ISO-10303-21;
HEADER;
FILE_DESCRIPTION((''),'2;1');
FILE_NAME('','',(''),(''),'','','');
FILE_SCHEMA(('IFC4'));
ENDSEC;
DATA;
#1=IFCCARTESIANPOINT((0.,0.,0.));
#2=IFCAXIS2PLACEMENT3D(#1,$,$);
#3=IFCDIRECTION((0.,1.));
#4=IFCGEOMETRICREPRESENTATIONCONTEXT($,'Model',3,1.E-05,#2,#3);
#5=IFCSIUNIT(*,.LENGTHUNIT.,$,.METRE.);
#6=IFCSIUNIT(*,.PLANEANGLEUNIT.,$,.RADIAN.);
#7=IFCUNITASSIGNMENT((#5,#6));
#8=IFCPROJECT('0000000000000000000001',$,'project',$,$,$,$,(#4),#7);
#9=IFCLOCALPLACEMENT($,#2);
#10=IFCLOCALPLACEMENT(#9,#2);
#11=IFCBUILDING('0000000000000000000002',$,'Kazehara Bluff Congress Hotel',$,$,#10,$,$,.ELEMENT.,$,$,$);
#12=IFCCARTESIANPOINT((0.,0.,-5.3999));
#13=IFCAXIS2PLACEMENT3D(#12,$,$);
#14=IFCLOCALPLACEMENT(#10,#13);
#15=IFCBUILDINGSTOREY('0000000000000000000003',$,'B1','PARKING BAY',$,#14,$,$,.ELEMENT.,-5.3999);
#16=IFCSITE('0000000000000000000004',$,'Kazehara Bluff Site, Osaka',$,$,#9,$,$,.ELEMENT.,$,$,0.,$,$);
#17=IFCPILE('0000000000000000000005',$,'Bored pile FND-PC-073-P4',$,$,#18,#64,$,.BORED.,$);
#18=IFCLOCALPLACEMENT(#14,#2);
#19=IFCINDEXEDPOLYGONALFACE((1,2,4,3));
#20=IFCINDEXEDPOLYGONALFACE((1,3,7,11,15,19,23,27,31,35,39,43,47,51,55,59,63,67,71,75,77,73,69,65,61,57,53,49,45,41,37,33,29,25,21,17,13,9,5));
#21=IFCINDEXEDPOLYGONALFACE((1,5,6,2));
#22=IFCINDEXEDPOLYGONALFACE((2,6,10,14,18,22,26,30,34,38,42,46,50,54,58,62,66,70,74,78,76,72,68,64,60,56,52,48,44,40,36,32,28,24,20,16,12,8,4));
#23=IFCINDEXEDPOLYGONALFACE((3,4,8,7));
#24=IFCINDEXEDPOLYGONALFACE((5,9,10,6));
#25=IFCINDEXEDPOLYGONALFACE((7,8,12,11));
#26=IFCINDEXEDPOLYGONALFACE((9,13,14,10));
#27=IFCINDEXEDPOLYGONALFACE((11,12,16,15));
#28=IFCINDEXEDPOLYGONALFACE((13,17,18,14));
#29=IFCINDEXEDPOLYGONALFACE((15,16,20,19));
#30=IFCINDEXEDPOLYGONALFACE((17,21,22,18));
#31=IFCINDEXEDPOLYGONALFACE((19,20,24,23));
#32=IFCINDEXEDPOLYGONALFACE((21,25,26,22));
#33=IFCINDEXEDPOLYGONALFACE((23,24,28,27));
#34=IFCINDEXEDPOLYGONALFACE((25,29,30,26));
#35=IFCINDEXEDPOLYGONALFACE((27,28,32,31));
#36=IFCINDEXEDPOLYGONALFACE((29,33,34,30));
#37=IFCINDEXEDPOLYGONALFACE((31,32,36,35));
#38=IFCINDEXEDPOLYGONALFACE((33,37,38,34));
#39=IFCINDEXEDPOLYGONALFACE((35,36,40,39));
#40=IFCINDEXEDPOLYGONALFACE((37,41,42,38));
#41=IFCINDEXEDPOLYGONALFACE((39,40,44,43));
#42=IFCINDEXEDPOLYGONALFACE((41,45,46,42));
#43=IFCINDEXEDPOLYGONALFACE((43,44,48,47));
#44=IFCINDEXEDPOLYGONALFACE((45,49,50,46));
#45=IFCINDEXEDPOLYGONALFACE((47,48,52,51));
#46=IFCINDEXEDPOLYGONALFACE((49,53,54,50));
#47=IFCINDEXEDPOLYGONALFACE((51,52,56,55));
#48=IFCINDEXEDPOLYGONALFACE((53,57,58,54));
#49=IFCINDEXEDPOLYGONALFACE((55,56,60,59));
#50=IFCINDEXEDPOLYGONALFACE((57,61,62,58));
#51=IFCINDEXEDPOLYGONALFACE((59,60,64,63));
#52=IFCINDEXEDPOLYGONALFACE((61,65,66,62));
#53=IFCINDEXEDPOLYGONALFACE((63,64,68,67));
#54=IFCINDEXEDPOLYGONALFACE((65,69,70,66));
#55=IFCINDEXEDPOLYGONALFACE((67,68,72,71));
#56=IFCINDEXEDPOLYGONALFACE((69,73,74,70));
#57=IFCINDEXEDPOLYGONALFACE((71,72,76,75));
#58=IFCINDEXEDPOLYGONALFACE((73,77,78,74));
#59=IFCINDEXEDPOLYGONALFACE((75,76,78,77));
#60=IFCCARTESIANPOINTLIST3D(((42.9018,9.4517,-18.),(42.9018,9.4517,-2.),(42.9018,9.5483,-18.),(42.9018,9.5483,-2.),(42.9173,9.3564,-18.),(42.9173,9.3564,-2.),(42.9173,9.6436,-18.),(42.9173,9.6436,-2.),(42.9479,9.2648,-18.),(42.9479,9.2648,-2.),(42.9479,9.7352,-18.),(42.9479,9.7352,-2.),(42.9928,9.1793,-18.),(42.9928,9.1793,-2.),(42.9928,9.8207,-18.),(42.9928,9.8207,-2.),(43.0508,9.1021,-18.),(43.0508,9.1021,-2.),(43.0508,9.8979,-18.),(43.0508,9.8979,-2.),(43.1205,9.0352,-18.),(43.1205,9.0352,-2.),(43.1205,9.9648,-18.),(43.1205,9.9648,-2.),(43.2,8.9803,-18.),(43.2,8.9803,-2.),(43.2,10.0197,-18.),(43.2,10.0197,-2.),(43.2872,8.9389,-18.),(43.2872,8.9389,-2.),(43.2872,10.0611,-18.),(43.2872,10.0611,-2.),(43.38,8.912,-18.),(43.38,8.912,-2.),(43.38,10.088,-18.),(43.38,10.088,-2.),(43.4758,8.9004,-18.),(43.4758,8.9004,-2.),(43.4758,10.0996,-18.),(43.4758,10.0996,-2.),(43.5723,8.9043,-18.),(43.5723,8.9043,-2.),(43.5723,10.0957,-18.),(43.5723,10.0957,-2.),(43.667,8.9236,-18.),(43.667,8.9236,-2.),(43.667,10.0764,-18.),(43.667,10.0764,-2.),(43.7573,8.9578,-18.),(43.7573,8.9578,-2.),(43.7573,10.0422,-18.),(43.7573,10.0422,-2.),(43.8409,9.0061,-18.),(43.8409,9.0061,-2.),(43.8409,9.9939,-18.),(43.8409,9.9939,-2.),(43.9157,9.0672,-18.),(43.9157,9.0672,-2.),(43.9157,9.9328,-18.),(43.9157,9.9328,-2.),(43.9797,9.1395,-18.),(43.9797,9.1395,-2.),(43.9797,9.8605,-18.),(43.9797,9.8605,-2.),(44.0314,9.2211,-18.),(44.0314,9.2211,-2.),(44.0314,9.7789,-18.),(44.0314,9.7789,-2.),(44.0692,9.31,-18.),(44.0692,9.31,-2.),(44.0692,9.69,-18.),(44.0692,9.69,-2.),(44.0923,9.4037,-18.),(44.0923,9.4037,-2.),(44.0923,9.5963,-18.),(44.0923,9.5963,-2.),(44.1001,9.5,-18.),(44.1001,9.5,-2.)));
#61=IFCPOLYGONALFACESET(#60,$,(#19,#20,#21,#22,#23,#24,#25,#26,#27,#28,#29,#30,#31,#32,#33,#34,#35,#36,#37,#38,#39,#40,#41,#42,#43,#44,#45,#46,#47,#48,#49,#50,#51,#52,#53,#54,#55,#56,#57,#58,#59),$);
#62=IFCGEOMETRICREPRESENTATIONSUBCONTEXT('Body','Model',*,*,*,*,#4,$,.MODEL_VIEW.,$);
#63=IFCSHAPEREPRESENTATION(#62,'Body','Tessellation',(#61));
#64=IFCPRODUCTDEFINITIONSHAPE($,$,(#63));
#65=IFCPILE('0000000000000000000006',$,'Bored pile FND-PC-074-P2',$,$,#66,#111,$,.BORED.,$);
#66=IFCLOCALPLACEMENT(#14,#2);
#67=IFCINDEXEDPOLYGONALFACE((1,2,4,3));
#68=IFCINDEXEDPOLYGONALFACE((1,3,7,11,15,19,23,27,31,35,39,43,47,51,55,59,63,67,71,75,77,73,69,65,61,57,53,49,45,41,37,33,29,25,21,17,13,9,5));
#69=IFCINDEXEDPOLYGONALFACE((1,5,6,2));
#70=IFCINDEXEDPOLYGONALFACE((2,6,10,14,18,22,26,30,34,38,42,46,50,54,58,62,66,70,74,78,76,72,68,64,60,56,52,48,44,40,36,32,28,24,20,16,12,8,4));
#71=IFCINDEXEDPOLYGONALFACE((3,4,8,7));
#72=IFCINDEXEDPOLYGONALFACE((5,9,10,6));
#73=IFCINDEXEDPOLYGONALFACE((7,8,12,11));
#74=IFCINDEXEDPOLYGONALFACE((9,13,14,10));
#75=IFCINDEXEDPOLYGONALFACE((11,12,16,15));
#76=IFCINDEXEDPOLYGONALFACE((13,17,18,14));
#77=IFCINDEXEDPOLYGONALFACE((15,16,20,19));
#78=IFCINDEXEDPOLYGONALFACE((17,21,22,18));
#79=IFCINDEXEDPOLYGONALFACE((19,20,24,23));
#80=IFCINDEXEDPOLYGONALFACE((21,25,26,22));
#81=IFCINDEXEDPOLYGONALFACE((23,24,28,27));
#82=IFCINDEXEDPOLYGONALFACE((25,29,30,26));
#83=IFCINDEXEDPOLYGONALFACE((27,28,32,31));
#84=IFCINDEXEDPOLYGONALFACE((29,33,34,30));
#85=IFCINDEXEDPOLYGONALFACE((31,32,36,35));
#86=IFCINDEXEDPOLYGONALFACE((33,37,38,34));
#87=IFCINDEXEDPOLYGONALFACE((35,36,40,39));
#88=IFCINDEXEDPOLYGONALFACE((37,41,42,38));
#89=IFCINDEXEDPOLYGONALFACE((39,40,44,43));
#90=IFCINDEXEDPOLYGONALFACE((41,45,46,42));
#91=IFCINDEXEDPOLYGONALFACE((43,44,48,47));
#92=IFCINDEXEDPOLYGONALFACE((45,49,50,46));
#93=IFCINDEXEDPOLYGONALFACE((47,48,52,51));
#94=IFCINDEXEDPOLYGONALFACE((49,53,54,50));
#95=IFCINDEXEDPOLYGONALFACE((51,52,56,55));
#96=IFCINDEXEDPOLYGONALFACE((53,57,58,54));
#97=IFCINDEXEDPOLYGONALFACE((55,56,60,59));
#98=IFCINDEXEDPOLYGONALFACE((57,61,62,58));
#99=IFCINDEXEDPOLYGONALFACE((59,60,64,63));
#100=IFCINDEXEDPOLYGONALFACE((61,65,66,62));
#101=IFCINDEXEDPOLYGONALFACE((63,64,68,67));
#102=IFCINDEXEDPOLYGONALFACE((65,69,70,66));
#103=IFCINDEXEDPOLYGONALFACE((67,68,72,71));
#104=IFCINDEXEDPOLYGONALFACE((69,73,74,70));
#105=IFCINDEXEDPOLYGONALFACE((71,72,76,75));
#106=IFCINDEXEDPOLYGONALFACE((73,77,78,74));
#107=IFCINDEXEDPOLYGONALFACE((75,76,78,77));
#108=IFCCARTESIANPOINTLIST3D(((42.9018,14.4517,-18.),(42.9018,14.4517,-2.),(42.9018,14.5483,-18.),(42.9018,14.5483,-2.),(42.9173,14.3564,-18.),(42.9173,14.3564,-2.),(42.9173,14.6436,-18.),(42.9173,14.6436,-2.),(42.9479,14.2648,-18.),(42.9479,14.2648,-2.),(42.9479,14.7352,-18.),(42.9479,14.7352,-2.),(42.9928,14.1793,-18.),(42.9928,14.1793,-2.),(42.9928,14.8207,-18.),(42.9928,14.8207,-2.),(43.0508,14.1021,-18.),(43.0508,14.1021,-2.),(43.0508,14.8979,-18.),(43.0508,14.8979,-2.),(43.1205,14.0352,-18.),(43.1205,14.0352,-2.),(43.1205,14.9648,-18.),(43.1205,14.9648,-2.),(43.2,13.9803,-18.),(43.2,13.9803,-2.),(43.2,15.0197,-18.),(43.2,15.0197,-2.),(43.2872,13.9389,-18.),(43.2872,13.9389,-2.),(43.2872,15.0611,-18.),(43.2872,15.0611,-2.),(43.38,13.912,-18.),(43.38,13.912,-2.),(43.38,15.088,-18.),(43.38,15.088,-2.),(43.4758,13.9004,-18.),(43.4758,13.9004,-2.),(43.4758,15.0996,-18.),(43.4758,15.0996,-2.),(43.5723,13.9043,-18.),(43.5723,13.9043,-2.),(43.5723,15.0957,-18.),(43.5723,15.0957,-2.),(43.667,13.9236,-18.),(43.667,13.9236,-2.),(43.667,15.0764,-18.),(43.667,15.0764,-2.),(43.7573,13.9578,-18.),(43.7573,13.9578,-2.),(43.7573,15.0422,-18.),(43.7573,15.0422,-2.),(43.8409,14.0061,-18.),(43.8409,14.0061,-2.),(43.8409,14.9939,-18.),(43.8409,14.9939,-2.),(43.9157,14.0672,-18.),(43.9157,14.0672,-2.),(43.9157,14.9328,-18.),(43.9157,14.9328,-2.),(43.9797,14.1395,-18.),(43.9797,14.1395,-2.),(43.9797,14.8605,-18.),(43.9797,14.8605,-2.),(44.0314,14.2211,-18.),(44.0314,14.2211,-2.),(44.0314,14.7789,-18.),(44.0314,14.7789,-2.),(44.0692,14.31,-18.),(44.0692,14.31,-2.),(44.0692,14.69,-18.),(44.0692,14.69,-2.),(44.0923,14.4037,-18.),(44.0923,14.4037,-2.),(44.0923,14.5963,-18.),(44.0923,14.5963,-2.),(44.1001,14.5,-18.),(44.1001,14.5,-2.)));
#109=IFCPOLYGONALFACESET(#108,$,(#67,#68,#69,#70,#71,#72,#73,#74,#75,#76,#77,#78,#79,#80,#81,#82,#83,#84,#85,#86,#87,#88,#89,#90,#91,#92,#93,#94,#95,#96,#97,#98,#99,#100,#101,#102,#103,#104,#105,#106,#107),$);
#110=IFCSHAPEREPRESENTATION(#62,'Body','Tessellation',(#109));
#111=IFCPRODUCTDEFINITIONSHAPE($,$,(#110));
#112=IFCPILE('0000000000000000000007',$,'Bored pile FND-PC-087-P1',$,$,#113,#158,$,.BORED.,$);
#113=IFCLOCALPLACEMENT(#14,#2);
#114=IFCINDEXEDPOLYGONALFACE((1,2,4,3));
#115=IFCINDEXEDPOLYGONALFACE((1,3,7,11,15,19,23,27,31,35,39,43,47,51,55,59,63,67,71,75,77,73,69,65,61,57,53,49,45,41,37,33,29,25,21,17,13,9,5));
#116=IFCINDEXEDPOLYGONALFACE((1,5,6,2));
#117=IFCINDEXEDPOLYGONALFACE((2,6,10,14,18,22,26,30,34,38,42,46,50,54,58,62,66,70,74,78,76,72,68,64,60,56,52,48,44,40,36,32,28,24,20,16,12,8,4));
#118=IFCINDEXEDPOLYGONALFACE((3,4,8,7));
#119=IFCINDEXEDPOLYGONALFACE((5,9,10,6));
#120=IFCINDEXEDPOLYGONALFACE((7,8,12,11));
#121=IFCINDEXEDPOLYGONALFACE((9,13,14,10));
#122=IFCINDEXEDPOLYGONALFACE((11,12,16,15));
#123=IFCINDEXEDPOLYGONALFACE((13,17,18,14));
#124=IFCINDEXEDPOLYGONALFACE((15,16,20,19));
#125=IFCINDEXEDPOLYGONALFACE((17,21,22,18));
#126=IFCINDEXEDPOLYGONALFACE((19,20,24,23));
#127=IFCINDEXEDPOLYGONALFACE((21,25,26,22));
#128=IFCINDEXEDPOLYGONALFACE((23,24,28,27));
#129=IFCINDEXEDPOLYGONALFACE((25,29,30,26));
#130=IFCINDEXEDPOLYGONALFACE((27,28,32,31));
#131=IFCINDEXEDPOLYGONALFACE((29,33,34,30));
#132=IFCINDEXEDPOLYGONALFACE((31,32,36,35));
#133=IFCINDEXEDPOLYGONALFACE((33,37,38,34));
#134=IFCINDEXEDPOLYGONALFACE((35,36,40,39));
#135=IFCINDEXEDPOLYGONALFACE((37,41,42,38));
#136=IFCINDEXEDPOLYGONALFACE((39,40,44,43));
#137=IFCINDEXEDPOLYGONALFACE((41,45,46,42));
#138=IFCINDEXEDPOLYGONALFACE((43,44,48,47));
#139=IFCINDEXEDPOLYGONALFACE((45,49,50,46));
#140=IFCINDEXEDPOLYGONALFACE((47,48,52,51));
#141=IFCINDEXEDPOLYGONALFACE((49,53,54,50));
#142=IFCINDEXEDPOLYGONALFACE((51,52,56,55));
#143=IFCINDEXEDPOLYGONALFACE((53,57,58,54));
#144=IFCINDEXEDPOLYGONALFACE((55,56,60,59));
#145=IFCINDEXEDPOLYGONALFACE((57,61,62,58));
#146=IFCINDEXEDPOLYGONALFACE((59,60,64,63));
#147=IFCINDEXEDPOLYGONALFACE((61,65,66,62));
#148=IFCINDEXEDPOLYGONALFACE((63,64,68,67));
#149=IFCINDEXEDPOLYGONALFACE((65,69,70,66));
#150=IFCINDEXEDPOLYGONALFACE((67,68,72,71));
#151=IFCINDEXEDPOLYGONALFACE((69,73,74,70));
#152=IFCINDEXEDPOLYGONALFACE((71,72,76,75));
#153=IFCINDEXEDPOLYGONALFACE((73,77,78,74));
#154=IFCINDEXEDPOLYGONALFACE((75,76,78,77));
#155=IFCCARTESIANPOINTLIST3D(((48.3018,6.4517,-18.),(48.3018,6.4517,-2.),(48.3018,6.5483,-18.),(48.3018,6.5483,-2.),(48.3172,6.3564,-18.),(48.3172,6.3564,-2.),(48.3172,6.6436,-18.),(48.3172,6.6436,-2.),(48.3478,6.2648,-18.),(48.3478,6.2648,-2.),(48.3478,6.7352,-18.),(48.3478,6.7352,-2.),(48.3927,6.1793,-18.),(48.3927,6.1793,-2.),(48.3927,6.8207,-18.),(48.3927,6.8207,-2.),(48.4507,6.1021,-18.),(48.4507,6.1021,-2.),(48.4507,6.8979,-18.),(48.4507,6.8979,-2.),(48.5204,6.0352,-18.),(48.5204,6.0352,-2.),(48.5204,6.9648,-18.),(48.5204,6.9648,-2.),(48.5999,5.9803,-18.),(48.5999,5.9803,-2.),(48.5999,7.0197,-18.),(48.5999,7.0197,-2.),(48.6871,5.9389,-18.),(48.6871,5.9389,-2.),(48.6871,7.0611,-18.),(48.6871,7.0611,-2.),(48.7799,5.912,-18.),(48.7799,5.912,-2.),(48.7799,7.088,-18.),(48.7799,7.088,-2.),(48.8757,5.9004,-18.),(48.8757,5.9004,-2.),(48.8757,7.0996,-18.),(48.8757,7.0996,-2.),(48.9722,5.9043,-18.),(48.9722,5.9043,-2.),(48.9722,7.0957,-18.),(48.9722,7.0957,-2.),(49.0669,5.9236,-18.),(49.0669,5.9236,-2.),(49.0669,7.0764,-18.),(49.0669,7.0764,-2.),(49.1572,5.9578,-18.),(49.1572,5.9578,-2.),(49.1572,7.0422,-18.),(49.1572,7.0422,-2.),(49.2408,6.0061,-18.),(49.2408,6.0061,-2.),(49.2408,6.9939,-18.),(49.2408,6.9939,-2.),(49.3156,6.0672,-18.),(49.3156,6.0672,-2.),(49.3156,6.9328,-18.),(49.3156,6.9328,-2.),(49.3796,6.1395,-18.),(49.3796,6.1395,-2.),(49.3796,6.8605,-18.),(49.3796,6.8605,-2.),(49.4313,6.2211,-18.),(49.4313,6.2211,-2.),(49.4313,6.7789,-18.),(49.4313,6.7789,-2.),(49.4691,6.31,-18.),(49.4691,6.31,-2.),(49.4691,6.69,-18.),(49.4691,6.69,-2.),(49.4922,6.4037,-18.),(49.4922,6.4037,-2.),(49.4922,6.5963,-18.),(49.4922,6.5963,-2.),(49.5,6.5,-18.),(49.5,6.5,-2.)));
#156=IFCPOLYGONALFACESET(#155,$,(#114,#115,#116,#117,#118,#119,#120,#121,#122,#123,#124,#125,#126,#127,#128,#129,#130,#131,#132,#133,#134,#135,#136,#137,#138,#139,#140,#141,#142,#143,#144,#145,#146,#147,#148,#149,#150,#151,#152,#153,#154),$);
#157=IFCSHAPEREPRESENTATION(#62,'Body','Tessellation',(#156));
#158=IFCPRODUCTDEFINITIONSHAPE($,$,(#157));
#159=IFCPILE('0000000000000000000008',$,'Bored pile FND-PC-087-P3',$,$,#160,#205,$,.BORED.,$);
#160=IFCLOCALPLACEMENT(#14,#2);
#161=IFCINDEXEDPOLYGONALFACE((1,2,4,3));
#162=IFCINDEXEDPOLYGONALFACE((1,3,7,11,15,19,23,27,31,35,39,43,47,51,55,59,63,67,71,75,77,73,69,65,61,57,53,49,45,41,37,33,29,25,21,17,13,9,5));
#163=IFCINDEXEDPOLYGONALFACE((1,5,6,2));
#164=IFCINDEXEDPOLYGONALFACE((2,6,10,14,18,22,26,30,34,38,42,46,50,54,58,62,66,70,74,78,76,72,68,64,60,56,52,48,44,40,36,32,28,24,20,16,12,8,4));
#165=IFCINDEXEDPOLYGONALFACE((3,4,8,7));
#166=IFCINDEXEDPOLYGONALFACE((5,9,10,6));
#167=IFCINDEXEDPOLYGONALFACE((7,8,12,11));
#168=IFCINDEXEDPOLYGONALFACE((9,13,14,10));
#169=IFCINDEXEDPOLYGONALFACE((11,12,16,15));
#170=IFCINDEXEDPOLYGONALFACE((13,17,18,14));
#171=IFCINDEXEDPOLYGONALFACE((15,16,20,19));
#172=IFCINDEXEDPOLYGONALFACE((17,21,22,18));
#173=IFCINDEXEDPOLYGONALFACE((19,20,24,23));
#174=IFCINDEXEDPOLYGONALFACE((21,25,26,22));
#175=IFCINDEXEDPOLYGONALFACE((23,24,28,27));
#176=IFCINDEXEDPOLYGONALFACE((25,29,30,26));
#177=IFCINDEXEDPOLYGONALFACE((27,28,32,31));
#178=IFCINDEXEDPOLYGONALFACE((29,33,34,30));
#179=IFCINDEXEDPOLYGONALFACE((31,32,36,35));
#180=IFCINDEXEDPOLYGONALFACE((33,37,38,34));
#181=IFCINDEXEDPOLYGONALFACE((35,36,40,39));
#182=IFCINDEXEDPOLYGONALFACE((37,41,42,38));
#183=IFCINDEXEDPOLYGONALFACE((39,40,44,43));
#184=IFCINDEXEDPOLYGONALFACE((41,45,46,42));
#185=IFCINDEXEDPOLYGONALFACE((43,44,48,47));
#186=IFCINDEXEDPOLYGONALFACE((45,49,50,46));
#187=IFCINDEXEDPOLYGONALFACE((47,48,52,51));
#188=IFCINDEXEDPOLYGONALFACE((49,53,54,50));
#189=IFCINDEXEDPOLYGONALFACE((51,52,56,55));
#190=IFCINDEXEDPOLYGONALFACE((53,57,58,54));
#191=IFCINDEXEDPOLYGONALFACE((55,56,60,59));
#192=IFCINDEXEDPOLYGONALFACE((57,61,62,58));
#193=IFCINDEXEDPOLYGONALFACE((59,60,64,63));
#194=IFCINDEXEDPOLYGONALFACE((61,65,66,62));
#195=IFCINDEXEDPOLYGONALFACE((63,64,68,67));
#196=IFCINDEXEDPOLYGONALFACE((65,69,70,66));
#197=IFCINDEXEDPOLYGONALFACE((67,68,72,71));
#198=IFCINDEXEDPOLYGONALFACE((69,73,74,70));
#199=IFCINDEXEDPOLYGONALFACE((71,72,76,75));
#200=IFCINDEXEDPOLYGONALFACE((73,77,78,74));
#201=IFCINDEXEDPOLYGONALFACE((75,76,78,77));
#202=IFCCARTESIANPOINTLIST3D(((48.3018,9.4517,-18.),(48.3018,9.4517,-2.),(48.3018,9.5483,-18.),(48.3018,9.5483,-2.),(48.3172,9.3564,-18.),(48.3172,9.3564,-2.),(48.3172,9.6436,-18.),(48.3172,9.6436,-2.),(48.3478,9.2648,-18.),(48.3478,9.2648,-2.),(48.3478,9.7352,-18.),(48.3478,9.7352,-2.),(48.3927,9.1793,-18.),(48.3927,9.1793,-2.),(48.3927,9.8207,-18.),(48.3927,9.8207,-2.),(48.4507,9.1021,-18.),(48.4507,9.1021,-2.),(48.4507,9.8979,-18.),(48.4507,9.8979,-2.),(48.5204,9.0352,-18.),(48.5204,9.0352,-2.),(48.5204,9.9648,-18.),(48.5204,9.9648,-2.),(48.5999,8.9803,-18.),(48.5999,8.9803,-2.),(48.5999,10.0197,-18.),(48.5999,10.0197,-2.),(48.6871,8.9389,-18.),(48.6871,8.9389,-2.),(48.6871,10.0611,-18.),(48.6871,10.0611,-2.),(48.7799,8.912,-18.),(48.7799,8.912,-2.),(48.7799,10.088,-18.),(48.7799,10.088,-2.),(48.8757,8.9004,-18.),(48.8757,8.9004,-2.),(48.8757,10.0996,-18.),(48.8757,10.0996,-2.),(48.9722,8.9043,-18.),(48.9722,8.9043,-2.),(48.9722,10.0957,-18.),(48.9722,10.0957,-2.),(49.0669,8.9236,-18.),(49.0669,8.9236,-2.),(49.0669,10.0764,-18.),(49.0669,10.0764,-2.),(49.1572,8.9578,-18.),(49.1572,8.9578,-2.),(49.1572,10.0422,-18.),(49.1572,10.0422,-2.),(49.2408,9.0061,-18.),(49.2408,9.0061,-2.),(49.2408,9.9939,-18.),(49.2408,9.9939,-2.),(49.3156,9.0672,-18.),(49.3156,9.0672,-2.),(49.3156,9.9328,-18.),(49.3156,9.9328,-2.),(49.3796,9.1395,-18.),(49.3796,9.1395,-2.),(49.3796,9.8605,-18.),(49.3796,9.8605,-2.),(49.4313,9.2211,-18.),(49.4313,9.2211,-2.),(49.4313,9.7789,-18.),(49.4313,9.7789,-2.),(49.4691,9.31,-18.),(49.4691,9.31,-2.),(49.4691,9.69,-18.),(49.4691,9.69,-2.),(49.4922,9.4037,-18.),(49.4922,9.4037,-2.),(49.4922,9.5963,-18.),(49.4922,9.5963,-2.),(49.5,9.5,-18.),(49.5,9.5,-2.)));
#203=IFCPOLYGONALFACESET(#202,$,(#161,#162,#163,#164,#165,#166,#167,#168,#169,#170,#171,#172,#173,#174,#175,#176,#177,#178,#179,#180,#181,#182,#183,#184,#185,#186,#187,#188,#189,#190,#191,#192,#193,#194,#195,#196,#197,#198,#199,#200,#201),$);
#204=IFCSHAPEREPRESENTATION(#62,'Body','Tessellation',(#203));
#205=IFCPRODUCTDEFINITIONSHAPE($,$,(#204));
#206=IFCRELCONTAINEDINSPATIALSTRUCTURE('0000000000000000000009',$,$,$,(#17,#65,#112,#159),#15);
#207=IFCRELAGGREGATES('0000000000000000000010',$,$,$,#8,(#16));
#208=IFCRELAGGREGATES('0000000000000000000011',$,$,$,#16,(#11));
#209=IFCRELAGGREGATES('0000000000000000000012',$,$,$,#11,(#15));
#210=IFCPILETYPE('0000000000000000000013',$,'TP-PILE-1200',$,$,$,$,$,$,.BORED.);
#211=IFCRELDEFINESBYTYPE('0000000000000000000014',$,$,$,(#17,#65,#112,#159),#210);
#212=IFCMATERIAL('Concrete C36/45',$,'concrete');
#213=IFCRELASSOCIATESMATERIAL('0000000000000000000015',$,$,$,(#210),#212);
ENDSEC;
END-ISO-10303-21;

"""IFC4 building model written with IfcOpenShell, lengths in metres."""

from ifc_helpers import new_model, si_unit, direction, frame, origin, origin_2d, place, context, subcontext, project, spatial, circle, extrude, material, material_profile, profile_set, type_object, element, save


model = new_model("IFC4")

# Units and contexts
model_context = context("Model", 3, precision=1e-05, world=origin(), true_north=direction((0.0, 1.0)))
body_context = subcontext(model_context, "Body", "Model", "MODEL_VIEW")
ifc_project = project(units=[si_unit("LENGTHUNIT", "METRE"), si_unit("PLANEANGLEUNIT", "RADIAN")], contexts=[model_context])

# Site, building, storey
site_placement = place(None, origin())
site = spatial("IfcSite", under=ifc_project, at=site_placement, Name="Kazehara Bluff Site, Osaka", CompositionType="ELEMENT", RefElevation=0.0)
building_placement = place(site_placement, origin())
building = spatial("IfcBuilding", under=site, at=building_placement, Name="Kazehara Bluff Congress Hotel", CompositionType="ELEMENT")
storey_placement = place(building_placement, frame((0.0, 0.0, -5.3999)))
storey = spatial("IfcBuildingStorey", under=building, at=storey_placement, Name="B1", Description="PARKING BAY", CompositionType="ELEMENT", Elevation=-5.3999)

# Piles
ifc_material_1 = material(Name="Concrete C36/45", Category="concrete")
ifc_material_profile_1 = material_profile(ifc_material_1, circle(Radius=0.6001, at=origin_2d()))
ifc_profile_set_1 = profile_set([ifc_material_profile_1], Name="Concrete C36/45")
pile_type = type_object("IfcPileType", Name="TP-PILE-1200", PredefinedType="BORED", material=ifc_profile_set_1)
for number, where, z_axis, x_axis, name in (
    (1, (43.5, 9.5, -2.0), (0.0, 0.0, -1.0), (1.0, 0.0, 0.0), "Bored pile FND-PC-073-P4"),
    (2, (43.5, 14.5, -2.0), (0.0, 0.0, -1.0), (1.0, 0.0, 0.0), "Bored pile FND-PC-074-P2"),
    (3, (48.8999, 6.5, -2.0), (0.0, 0.0, -1.0), (1.0, 0.0, 0.0), "Bored pile FND-PC-087-P1"),
    (4, (48.8999, 9.5, -2.0), (0.0, 0.0, -1.0), (1.0, 0.0, 0.0), "Bored pile FND-PC-087-P3"),
):
    element("IfcPile", number, at=place(storey_placement, frame(where, z_axis=z_axis, x_axis=x_axis)), inside=storey, type_object=pile_type, Name=name, PredefinedType="BORED", context=body_context, shape_type="SweptSolid", body=[
        extrude(circle(Radius=0.6001, at=origin_2d()), origin(), (0.0, 0.0, 1.0), 16.0),
    ])

save(model, "model.ifc")
